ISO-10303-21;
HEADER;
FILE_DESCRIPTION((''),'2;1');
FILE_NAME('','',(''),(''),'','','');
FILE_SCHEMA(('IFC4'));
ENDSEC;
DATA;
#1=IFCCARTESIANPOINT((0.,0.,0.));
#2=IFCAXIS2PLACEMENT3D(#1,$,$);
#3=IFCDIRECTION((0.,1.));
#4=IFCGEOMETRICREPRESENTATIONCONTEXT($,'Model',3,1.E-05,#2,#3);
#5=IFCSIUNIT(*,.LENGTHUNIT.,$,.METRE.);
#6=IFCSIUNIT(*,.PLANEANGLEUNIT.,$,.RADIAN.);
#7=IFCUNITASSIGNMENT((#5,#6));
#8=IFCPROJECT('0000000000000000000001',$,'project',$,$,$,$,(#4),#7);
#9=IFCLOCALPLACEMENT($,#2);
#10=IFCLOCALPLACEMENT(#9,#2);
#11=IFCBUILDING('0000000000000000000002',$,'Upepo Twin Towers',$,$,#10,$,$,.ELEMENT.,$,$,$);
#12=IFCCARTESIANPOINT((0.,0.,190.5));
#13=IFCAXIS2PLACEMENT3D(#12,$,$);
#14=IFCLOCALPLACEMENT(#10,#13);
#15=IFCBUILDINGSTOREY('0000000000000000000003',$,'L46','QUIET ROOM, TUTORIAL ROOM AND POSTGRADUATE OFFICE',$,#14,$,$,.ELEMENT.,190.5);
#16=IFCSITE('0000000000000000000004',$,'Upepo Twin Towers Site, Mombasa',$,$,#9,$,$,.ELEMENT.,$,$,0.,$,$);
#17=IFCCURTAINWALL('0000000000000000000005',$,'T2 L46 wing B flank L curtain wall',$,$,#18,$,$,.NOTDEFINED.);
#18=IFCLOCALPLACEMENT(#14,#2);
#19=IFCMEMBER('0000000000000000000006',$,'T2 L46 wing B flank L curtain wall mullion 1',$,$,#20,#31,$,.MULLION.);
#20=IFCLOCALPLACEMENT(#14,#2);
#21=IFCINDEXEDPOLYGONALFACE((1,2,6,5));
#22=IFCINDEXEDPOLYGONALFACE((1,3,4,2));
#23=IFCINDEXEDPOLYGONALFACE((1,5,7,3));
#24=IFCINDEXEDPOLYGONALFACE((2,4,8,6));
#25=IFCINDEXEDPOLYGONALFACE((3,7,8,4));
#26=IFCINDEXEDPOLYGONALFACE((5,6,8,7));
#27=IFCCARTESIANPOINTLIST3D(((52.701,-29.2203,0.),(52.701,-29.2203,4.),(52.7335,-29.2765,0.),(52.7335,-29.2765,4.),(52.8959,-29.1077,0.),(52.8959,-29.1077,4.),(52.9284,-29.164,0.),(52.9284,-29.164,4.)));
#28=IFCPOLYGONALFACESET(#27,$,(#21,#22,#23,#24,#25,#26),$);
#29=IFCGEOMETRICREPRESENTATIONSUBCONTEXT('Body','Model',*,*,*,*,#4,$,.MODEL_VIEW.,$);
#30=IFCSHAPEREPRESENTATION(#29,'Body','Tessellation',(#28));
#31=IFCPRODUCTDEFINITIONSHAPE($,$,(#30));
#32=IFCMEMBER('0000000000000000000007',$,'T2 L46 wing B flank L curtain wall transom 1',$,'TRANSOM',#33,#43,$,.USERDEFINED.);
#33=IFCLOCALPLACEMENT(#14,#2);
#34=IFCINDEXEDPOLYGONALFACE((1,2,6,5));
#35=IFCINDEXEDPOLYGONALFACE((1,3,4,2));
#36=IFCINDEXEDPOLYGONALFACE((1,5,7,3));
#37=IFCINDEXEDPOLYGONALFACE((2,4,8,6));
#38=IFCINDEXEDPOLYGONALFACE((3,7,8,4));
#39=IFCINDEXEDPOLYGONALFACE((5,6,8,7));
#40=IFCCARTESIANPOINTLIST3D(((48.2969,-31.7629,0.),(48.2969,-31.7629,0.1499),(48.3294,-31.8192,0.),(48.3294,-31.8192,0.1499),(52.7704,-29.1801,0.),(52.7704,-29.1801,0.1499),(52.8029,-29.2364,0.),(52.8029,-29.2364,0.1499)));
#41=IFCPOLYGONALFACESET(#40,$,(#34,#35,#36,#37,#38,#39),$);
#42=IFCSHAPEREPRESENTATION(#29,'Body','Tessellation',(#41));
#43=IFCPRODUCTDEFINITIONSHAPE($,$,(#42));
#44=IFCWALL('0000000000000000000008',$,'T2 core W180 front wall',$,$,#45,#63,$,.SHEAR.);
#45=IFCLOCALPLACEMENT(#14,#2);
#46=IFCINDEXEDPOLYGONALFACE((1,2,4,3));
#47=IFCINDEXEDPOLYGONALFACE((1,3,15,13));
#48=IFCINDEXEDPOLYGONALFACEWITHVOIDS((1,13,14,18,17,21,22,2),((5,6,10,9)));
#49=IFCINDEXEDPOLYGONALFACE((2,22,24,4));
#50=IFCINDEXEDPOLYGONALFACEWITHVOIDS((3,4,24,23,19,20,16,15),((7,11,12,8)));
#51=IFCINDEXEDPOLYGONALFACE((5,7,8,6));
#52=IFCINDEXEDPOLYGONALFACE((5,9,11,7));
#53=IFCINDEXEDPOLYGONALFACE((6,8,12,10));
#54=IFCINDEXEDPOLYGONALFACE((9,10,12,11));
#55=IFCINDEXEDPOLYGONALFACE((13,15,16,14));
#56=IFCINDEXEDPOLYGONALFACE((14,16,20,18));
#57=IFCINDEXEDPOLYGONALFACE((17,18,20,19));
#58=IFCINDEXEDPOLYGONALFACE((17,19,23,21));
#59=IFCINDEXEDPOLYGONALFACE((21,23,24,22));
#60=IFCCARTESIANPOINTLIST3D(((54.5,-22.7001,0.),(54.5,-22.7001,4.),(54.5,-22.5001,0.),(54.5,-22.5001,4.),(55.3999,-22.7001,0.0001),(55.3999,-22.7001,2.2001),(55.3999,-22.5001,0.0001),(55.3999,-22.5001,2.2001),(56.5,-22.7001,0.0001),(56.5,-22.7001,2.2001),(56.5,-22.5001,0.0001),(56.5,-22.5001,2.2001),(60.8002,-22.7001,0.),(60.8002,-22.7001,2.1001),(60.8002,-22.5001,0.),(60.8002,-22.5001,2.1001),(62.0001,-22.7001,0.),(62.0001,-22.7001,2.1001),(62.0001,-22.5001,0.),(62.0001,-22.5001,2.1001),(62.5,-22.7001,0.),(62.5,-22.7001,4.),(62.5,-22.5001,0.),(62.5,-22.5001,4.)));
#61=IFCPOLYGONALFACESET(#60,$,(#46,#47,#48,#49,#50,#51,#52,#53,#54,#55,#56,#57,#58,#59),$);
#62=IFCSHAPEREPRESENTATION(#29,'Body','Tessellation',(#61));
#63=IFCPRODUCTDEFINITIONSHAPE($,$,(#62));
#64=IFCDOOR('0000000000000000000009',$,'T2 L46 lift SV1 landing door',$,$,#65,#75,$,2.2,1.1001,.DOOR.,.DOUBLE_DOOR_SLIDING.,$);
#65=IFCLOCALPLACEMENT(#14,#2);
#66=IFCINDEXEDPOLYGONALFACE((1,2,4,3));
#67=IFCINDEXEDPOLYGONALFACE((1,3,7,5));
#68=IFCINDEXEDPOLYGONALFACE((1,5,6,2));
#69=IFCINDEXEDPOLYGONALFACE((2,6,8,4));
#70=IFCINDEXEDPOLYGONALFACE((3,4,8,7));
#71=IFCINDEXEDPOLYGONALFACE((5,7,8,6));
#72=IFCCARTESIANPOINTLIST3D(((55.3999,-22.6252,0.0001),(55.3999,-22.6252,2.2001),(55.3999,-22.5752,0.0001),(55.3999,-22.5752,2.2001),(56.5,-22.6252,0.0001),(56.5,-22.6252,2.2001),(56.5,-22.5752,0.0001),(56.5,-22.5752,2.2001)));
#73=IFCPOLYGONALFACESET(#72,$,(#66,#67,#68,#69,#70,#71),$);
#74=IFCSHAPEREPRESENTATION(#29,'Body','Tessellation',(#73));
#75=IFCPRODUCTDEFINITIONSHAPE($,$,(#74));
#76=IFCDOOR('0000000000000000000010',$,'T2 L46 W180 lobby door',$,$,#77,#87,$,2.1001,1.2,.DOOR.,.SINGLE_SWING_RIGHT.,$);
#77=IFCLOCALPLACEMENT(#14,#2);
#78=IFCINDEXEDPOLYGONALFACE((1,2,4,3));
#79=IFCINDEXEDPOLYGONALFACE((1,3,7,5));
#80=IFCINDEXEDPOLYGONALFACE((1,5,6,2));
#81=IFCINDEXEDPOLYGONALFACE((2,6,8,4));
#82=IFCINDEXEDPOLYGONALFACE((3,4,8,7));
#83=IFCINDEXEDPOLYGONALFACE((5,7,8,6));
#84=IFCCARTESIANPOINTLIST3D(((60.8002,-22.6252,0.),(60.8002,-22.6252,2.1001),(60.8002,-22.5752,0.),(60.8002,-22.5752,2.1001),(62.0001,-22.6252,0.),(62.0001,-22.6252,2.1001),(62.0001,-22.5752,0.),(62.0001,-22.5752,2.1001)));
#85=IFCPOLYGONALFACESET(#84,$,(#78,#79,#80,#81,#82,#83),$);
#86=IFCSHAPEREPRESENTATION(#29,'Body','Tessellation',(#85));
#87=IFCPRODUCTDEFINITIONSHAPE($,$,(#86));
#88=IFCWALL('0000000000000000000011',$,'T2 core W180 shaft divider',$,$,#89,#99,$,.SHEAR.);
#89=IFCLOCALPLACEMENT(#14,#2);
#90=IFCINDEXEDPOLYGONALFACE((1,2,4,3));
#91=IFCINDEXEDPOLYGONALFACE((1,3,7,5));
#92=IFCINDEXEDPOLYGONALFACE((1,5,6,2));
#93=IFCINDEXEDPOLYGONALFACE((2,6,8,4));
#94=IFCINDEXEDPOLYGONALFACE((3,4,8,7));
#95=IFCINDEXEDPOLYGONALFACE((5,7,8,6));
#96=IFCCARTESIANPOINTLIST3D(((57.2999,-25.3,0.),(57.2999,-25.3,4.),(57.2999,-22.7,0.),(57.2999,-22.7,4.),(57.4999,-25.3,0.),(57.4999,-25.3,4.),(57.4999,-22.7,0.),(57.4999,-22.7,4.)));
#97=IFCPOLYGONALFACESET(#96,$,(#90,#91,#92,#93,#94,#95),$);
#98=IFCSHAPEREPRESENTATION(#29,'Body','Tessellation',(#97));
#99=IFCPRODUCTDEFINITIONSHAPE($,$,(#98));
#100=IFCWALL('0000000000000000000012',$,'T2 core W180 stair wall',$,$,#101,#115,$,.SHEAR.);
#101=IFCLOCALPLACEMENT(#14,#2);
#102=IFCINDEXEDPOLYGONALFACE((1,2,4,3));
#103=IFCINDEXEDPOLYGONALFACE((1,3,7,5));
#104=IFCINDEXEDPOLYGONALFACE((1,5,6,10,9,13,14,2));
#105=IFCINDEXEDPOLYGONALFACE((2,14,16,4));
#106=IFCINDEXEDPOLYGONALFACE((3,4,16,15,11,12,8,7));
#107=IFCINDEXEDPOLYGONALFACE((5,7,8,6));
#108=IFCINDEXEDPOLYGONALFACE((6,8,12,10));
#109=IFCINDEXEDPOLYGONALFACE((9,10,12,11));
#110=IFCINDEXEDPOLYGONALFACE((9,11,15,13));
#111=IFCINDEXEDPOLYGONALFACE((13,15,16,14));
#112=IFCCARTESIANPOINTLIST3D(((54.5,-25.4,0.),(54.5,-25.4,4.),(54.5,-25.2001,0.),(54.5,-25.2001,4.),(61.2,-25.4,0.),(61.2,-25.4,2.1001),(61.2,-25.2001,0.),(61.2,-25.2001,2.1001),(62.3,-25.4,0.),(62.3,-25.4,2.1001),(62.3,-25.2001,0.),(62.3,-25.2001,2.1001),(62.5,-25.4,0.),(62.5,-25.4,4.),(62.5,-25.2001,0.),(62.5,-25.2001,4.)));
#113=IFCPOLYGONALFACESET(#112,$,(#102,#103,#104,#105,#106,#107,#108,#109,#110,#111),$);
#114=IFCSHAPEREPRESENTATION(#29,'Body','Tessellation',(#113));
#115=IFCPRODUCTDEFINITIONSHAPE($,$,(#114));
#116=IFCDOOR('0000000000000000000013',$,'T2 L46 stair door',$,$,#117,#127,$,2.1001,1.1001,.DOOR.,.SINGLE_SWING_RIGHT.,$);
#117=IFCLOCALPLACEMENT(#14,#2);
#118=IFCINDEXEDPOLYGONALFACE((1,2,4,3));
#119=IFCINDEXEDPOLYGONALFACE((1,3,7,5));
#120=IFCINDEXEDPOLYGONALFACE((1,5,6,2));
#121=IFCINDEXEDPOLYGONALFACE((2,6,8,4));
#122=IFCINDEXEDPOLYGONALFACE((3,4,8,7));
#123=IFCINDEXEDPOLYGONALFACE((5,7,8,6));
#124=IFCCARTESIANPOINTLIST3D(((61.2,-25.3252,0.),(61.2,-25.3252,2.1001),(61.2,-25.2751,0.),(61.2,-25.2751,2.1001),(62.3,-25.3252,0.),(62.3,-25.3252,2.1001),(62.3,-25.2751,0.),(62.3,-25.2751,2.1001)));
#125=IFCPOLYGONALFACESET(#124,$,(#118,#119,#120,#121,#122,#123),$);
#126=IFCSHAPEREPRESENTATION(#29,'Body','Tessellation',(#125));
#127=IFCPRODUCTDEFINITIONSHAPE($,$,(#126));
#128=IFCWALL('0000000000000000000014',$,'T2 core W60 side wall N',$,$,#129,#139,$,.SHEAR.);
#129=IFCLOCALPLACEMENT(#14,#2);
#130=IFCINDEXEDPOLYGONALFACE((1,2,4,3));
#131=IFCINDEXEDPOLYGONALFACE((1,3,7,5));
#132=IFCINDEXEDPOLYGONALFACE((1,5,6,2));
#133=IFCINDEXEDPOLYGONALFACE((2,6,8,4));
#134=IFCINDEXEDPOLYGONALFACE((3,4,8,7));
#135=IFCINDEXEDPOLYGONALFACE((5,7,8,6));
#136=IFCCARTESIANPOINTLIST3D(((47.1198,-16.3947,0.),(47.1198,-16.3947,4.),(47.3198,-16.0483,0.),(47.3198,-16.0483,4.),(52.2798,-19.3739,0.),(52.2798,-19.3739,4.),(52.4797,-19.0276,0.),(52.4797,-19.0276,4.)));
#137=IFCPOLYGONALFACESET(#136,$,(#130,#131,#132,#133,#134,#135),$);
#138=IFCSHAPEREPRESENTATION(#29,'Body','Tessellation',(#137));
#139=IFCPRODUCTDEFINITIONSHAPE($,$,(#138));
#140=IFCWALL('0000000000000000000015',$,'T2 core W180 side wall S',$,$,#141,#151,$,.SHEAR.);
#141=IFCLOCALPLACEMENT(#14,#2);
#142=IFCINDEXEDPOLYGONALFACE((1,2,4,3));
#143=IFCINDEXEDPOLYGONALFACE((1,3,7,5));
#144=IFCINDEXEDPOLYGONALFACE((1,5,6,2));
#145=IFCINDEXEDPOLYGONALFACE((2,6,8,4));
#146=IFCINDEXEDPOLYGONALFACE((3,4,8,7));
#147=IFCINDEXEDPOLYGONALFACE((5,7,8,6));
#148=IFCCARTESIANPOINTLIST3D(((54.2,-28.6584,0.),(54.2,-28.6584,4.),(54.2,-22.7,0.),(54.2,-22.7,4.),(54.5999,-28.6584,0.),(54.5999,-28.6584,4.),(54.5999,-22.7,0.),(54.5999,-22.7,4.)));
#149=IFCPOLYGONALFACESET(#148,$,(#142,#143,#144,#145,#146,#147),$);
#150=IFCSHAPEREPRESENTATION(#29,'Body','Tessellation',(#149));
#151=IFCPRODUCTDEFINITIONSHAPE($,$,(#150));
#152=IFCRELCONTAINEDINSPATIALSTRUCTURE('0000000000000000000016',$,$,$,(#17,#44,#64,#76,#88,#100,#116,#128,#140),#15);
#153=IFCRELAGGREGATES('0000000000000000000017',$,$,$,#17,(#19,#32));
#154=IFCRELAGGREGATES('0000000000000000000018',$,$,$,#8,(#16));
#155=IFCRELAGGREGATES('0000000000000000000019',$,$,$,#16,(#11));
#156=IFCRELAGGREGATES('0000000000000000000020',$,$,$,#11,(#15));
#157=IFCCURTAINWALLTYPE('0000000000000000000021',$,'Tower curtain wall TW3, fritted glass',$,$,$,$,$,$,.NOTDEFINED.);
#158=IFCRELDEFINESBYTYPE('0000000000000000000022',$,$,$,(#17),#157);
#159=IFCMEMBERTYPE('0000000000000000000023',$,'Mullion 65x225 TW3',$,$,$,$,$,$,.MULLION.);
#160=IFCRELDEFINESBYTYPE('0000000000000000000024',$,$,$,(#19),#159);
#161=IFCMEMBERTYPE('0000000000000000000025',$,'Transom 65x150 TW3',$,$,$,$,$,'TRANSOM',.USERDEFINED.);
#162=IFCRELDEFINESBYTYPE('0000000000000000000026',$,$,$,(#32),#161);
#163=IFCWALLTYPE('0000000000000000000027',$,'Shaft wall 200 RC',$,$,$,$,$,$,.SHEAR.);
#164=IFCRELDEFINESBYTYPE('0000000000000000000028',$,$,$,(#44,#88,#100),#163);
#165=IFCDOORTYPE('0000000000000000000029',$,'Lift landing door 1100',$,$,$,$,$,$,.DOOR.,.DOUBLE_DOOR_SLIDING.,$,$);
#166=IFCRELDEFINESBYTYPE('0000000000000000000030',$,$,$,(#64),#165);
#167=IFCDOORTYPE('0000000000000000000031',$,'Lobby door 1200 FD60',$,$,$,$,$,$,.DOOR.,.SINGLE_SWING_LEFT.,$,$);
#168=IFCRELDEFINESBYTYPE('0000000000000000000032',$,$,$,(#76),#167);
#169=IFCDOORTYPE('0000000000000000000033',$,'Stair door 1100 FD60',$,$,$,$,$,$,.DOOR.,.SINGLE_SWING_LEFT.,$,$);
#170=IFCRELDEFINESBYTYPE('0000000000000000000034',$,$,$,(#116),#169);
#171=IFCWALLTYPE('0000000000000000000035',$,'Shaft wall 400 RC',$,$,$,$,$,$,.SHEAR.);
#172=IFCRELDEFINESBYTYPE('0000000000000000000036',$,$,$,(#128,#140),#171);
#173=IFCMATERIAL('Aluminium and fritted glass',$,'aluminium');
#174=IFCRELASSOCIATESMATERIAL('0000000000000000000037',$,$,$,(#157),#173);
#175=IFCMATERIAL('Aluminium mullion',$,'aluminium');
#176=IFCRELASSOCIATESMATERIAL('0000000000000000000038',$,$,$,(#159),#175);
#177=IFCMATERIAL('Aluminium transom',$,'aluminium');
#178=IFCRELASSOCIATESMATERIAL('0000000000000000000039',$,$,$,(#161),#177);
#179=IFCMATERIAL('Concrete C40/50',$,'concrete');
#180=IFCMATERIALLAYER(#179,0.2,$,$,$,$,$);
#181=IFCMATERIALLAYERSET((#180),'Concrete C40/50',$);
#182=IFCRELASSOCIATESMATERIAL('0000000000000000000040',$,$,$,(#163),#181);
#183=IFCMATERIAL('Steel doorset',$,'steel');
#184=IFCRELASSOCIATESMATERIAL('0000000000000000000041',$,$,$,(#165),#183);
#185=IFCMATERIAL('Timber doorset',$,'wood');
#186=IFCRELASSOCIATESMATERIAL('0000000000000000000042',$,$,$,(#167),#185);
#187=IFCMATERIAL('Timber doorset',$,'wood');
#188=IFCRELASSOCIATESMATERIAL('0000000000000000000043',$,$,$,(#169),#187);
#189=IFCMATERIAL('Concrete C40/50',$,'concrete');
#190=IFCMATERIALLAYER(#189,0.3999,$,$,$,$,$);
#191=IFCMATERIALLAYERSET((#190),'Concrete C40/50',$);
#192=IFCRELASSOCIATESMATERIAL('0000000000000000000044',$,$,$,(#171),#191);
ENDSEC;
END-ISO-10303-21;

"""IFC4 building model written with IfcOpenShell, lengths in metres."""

from ifc_helpers import new_model, si_unit, direction, frame, frame_2d, origin, origin_2d, place, context, subcontext, project, spatial, rectangle, extrude, material, layer, layer_set, material_profile, profile_set, type_object, element, fill, aggregate, save


model = new_model("IFC4")

# Units and contexts
model_context = context("Model", 3, precision=1e-05, world=origin(), true_north=direction((0.0, 1.0)))
body_context = subcontext(model_context, "Body", "Model", "MODEL_VIEW")
ifc_project = project(units=[si_unit("LENGTHUNIT", "METRE"), si_unit("PLANEANGLEUNIT", "RADIAN")], contexts=[model_context])

# Site, building, storey
site_placement = place(None, origin())
site = spatial("IfcSite", under=ifc_project, at=site_placement, Name="Upepo Twin Towers Site, Mombasa", CompositionType="ELEMENT", RefElevation=0.0)
building_placement = place(site_placement, origin())
building = spatial("IfcBuilding", under=site, at=building_placement, Name="Upepo Twin Towers", CompositionType="ELEMENT")
storey_placement = place(building_placement, frame((0.0, 0.0, 190.5)))
storey = spatial("IfcBuildingStorey", under=building, at=storey_placement, Name="L46", Description="QUIET ROOM, TUTORIAL ROOM AND POSTGRADUATE OFFICE", CompositionType="ELEMENT", Elevation=190.5)

# Curtain wall, members
ifc_material_1 = material(Name="Aluminium and fritted glass", Category="aluminium")
curtain_wall_type = type_object("IfcCurtainWallType", Name="Tower curtain wall TW3, fritted glass", PredefinedType="NOTDEFINED", material=ifc_material_1)
curtain_wall_placement = place(storey_placement, origin())
curtain_wall = element("IfcCurtainWall", 1, at=curtain_wall_placement, inside=storey, type_object=curtain_wall_type, Name="T2 L46 wing B flank L curtain wall", PredefinedType="NOTDEFINED")
ifc_material_2 = material(Name="Aluminium mullion", Category="aluminium")
ifc_material_profile_1 = material_profile(ifc_material_2, rectangle(XDim=0.0649, YDim=0.2251, at=origin_2d()), Name="MULLION 65x225")
ifc_profile_set_1 = profile_set([ifc_material_profile_1], Name="Aluminium mullion")
member_type_1 = type_object("IfcMemberType", Name="Mullion 65x225 TW3", PredefinedType="MULLION", material=ifc_profile_set_1)
member_1_placement = place(storey_placement, frame((52.8147, -29.1921, 0.0), z_axis=(0.0, 0.0, 1.0), x_axis=(0.5, -0.866025, 0.0)))
member_1 = element("IfcMember", 2, at=member_1_placement, type_object=member_type_1, Name="T2 L46 wing B flank L curtain wall mullion 1", PredefinedType="MULLION", context=body_context, shape_type="SweptSolid", body=[
    extrude(rectangle(XDim=0.0649, YDim=0.2251, at=origin_2d()), origin(), (0.0, 0.0, 1.0), 4.0),
])
ifc_material_3 = material(Name="Aluminium transom", Category="aluminium")
ifc_material_profile_2 = material_profile(ifc_material_3, rectangle(XDim=0.0649, YDim=0.1499, at=origin_2d()), Name="TRANSOM 65x150")
ifc_profile_set_2 = profile_set([ifc_material_profile_2], Name="Aluminium transom")
member_type_2 = type_object("IfcMemberType", Name="Transom 65x150 TW3", ElementType="TRANSOM", PredefinedType="USERDEFINED", material=ifc_profile_set_2)
member_2_placement = place(storey_placement, frame((52.7866, -29.2083, 0.075), z_axis=(-0.866021, -0.500007, 0.0), x_axis=(0.500007, -0.866021, 0.0)))
member_2 = element("IfcMember", 3, at=member_2_placement, type_object=member_type_2, Name="T2 L46 wing B flank L curtain wall transom 1", ObjectType="TRANSOM", PredefinedType="USERDEFINED", context=body_context, shape_type="SweptSolid", body=[
    extrude(rectangle(XDim=0.0649, YDim=0.1499, at=origin_2d()), origin(), (0.0, 0.0, 1.0), 5.1655),
])
aggregate(curtain_wall, [member_1, member_2])

# Wall, openings, doors
ifc_material_4 = material(Name="Concrete C40/50", Category="concrete")
ifc_layer_1 = layer(ifc_material_4, 0.2)
ifc_layer_set_1 = layer_set([ifc_layer_1], Name="Concrete C40/50")
wall_type_1 = type_object("IfcWallType", Name="Shaft wall 200 RC", PredefinedType="SHEAR", material=ifc_layer_set_1)
wall_1_placement = place(storey_placement, frame((54.5, -22.6001, 0.0), z_axis=(0.0, 0.0, 1.0), x_axis=(1.0, 0.0, 0.0)))
wall_1 = element("IfcWall", 4, at=wall_1_placement, inside=storey, type_object=wall_type_1, Name="T2 core W180 front wall", PredefinedType="SHEAR", context=body_context, shape_type="SweptSolid", body=[
    extrude(rectangle(XDim=8.0, YDim=0.2, at=frame_2d((4.0, 0.0))), origin(), (0.0, 0.0, 1.0), 4.0),
])
opening_1_placement = place(wall_1_placement, frame((6.3, 0.0, 0.0)))
opening_1 = element("IfcOpeningElement", 5, at=opening_1_placement, cuts=wall_1, PredefinedType="OPENING", context=body_context, shape_type="SweptSolid", body=[
    extrude(rectangle(XDim=1.2, YDim=2.1001, at=frame_2d((0.6001, 1.05))), frame((0.0, 0.1099, 0.0), z_axis=(0.0, -1.0, 0.0), x_axis=(1.0, 0.0, 0.0)), (0.0, 0.0, 1.0), 0.22),
])
opening_2_placement = place(wall_1_placement, frame((0.8999, 0.0, 0.0)))
opening_2 = element("IfcOpeningElement", 6, at=opening_2_placement, cuts=wall_1, PredefinedType="OPENING", context=body_context, shape_type="SweptSolid", body=[
    extrude(rectangle(XDim=1.1001, YDim=2.2, at=frame_2d((0.55, 1.1001))), frame((0.0, 0.1099, 0.0), z_axis=(0.0, -1.0, 0.0), x_axis=(1.0, 0.0, 0.0)), (0.0, 0.0, 1.0), 0.22),
])
ifc_material_5 = material(Name="Steel doorset", Category="steel")
door_type_1 = type_object("IfcDoorType", Name="Lift landing door 1100", OperationType="DOUBLE_DOOR_SLIDING", PredefinedType="DOOR", material=ifc_material_5)
door_1_placement = place(opening_2_placement, origin())
door_1 = element("IfcDoor", 7, at=door_1_placement, inside=storey, type_object=door_type_1, Name="T2 L46 lift SV1 landing door", OperationType="DOUBLE_DOOR_SLIDING", OverallHeight=2.2, OverallWidth=1.1001, PredefinedType="DOOR", context=body_context, shape_type="SweptSolid", body=[
    extrude(rectangle(XDim=1.1001, YDim=2.2, at=frame_2d((0.55, 1.1001))), frame((0.0, 0.0249, 0.0), z_axis=(0.0, -1.0, 0.0), x_axis=(1.0, 0.0, 0.0)), (0.0, 0.0, 1.0), 0.05),
])
fill(opening_2, door_1)
ifc_material_6 = material(Name="Timber doorset", Category="wood")
door_type_2 = type_object("IfcDoorType", Name="Lobby door 1200 FD60", OperationType="SINGLE_SWING_LEFT", PredefinedType="DOOR", material=ifc_material_6)
door_2_placement = place(opening_1_placement, origin())
door_2 = element("IfcDoor", 8, at=door_2_placement, inside=storey, type_object=door_type_2, Name="T2 L46 W180 lobby door", OperationType="SINGLE_SWING_RIGHT", OverallHeight=2.1001, OverallWidth=1.2, PredefinedType="DOOR", context=body_context, shape_type="SweptSolid", body=[
    extrude(rectangle(XDim=1.2, YDim=2.1001, at=frame_2d((0.6001, 1.05))), frame((0.0, 0.0249, 0.0), z_axis=(0.0, -1.0, 0.0), x_axis=(1.0, 0.0, 0.0)), (0.0, 0.0, 1.0), 0.05),
])
fill(opening_1, door_2)

# Wall
wall_2_placement = place(storey_placement, frame((57.3999, -22.7, 0.0), z_axis=(0.0, 0.0, 1.0), x_axis=(0.0, -1.0, 0.0)))
element("IfcWall", 9, at=wall_2_placement, inside=storey, type_object=wall_type_1, Name="T2 core W180 shaft divider", PredefinedType="SHEAR", context=body_context, shape_type="SweptSolid", body=[
    extrude(rectangle(XDim=2.6001, YDim=0.2, at=frame_2d((1.3, 0.0))), origin(), (0.0, 0.0, 1.0), 4.0),
])

# Wall, opening, door
wall_3_placement = place(storey_placement, frame((54.5, -25.3, 0.0), z_axis=(0.0, 0.0, 1.0), x_axis=(1.0, 0.0, 0.0)))
wall_3 = element("IfcWall", 10, at=wall_3_placement, inside=storey, type_object=wall_type_1, Name="T2 core W180 stair wall", PredefinedType="SHEAR", context=body_context, shape_type="SweptSolid", body=[
    extrude(rectangle(XDim=8.0, YDim=0.2, at=frame_2d((4.0, 0.0))), origin(), (0.0, 0.0, 1.0), 4.0),
])
opening_3_placement = place(wall_3_placement, frame((6.7, 0.0, 0.0)))
opening_3 = element("IfcOpeningElement", 11, at=opening_3_placement, cuts=wall_3, PredefinedType="OPENING", context=body_context, shape_type="SweptSolid", body=[
    extrude(rectangle(XDim=1.1001, YDim=2.1001, at=frame_2d((0.55, 1.05))), frame((0.0, 0.1099, 0.0), z_axis=(0.0, -1.0, 0.0), x_axis=(1.0, 0.0, 0.0)), (0.0, 0.0, 1.0), 0.22),
])
ifc_material_7 = material(Name="Timber doorset", Category="wood")
door_type_3 = type_object("IfcDoorType", Name="Stair door 1100 FD60", OperationType="SINGLE_SWING_LEFT", PredefinedType="DOOR", material=ifc_material_7)
door_3_placement = place(opening_3_placement, origin())
door_3 = element("IfcDoor", 12, at=door_3_placement, inside=storey, type_object=door_type_3, Name="T2 L46 stair door", OperationType="SINGLE_SWING_RIGHT", OverallHeight=2.1001, OverallWidth=1.1001, PredefinedType="DOOR", context=body_context, shape_type="SweptSolid", body=[
    extrude(rectangle(XDim=1.1001, YDim=2.1001, at=frame_2d((0.55, 1.05))), frame((0.0, 0.0249, 0.0), z_axis=(0.0, -1.0, 0.0), x_axis=(1.0, 0.0, 0.0)), (0.0, 0.0, 1.0), 0.05),
])
fill(opening_3, door_3)

# Walls
ifc_material_8 = material(Name="Concrete C40/50", Category="concrete")
ifc_layer_2 = layer(ifc_material_8, 0.3999)
ifc_layer_set_2 = layer_set([ifc_layer_2], Name="Concrete C40/50")
wall_type_2 = type_object("IfcWallType", Name="Shaft wall 400 RC", PredefinedType="SHEAR", material=ifc_layer_set_2)
wall_4_placement = place(storey_placement, frame((52.3796, -19.2007, 0.0), z_axis=(0.0, 0.0, 1.0), x_axis=(-0.866013, 0.500022, 0.0)))
element("IfcWall", 13, at=wall_4_placement, inside=storey, type_object=wall_type_2, Name="T2 core W60 side wall N", PredefinedType="SHEAR", context=body_context, shape_type="SweptSolid", body=[
    extrude(rectangle(XDim=5.9583, YDim=0.3999, at=frame_2d((2.979, 0.0))), origin(), (0.0, 0.0, 1.0), 4.0),
])
wall_5_placement = place(storey_placement, frame((54.3999, -22.7, 0.0), z_axis=(0.0, 0.0, 1.0), x_axis=(0.0, -1.0, 0.0)))
element("IfcWall", 14, at=wall_5_placement, inside=storey, type_object=wall_type_2, Name="T2 core W180 side wall S", PredefinedType="SHEAR", context=body_context, shape_type="SweptSolid", body=[
    extrude(rectangle(XDim=5.9585, YDim=0.3999, at=frame_2d((2.9792, 0.0))), origin(), (0.0, 0.0, 1.0), 4.0),
])

save(model, "model.ifc")
